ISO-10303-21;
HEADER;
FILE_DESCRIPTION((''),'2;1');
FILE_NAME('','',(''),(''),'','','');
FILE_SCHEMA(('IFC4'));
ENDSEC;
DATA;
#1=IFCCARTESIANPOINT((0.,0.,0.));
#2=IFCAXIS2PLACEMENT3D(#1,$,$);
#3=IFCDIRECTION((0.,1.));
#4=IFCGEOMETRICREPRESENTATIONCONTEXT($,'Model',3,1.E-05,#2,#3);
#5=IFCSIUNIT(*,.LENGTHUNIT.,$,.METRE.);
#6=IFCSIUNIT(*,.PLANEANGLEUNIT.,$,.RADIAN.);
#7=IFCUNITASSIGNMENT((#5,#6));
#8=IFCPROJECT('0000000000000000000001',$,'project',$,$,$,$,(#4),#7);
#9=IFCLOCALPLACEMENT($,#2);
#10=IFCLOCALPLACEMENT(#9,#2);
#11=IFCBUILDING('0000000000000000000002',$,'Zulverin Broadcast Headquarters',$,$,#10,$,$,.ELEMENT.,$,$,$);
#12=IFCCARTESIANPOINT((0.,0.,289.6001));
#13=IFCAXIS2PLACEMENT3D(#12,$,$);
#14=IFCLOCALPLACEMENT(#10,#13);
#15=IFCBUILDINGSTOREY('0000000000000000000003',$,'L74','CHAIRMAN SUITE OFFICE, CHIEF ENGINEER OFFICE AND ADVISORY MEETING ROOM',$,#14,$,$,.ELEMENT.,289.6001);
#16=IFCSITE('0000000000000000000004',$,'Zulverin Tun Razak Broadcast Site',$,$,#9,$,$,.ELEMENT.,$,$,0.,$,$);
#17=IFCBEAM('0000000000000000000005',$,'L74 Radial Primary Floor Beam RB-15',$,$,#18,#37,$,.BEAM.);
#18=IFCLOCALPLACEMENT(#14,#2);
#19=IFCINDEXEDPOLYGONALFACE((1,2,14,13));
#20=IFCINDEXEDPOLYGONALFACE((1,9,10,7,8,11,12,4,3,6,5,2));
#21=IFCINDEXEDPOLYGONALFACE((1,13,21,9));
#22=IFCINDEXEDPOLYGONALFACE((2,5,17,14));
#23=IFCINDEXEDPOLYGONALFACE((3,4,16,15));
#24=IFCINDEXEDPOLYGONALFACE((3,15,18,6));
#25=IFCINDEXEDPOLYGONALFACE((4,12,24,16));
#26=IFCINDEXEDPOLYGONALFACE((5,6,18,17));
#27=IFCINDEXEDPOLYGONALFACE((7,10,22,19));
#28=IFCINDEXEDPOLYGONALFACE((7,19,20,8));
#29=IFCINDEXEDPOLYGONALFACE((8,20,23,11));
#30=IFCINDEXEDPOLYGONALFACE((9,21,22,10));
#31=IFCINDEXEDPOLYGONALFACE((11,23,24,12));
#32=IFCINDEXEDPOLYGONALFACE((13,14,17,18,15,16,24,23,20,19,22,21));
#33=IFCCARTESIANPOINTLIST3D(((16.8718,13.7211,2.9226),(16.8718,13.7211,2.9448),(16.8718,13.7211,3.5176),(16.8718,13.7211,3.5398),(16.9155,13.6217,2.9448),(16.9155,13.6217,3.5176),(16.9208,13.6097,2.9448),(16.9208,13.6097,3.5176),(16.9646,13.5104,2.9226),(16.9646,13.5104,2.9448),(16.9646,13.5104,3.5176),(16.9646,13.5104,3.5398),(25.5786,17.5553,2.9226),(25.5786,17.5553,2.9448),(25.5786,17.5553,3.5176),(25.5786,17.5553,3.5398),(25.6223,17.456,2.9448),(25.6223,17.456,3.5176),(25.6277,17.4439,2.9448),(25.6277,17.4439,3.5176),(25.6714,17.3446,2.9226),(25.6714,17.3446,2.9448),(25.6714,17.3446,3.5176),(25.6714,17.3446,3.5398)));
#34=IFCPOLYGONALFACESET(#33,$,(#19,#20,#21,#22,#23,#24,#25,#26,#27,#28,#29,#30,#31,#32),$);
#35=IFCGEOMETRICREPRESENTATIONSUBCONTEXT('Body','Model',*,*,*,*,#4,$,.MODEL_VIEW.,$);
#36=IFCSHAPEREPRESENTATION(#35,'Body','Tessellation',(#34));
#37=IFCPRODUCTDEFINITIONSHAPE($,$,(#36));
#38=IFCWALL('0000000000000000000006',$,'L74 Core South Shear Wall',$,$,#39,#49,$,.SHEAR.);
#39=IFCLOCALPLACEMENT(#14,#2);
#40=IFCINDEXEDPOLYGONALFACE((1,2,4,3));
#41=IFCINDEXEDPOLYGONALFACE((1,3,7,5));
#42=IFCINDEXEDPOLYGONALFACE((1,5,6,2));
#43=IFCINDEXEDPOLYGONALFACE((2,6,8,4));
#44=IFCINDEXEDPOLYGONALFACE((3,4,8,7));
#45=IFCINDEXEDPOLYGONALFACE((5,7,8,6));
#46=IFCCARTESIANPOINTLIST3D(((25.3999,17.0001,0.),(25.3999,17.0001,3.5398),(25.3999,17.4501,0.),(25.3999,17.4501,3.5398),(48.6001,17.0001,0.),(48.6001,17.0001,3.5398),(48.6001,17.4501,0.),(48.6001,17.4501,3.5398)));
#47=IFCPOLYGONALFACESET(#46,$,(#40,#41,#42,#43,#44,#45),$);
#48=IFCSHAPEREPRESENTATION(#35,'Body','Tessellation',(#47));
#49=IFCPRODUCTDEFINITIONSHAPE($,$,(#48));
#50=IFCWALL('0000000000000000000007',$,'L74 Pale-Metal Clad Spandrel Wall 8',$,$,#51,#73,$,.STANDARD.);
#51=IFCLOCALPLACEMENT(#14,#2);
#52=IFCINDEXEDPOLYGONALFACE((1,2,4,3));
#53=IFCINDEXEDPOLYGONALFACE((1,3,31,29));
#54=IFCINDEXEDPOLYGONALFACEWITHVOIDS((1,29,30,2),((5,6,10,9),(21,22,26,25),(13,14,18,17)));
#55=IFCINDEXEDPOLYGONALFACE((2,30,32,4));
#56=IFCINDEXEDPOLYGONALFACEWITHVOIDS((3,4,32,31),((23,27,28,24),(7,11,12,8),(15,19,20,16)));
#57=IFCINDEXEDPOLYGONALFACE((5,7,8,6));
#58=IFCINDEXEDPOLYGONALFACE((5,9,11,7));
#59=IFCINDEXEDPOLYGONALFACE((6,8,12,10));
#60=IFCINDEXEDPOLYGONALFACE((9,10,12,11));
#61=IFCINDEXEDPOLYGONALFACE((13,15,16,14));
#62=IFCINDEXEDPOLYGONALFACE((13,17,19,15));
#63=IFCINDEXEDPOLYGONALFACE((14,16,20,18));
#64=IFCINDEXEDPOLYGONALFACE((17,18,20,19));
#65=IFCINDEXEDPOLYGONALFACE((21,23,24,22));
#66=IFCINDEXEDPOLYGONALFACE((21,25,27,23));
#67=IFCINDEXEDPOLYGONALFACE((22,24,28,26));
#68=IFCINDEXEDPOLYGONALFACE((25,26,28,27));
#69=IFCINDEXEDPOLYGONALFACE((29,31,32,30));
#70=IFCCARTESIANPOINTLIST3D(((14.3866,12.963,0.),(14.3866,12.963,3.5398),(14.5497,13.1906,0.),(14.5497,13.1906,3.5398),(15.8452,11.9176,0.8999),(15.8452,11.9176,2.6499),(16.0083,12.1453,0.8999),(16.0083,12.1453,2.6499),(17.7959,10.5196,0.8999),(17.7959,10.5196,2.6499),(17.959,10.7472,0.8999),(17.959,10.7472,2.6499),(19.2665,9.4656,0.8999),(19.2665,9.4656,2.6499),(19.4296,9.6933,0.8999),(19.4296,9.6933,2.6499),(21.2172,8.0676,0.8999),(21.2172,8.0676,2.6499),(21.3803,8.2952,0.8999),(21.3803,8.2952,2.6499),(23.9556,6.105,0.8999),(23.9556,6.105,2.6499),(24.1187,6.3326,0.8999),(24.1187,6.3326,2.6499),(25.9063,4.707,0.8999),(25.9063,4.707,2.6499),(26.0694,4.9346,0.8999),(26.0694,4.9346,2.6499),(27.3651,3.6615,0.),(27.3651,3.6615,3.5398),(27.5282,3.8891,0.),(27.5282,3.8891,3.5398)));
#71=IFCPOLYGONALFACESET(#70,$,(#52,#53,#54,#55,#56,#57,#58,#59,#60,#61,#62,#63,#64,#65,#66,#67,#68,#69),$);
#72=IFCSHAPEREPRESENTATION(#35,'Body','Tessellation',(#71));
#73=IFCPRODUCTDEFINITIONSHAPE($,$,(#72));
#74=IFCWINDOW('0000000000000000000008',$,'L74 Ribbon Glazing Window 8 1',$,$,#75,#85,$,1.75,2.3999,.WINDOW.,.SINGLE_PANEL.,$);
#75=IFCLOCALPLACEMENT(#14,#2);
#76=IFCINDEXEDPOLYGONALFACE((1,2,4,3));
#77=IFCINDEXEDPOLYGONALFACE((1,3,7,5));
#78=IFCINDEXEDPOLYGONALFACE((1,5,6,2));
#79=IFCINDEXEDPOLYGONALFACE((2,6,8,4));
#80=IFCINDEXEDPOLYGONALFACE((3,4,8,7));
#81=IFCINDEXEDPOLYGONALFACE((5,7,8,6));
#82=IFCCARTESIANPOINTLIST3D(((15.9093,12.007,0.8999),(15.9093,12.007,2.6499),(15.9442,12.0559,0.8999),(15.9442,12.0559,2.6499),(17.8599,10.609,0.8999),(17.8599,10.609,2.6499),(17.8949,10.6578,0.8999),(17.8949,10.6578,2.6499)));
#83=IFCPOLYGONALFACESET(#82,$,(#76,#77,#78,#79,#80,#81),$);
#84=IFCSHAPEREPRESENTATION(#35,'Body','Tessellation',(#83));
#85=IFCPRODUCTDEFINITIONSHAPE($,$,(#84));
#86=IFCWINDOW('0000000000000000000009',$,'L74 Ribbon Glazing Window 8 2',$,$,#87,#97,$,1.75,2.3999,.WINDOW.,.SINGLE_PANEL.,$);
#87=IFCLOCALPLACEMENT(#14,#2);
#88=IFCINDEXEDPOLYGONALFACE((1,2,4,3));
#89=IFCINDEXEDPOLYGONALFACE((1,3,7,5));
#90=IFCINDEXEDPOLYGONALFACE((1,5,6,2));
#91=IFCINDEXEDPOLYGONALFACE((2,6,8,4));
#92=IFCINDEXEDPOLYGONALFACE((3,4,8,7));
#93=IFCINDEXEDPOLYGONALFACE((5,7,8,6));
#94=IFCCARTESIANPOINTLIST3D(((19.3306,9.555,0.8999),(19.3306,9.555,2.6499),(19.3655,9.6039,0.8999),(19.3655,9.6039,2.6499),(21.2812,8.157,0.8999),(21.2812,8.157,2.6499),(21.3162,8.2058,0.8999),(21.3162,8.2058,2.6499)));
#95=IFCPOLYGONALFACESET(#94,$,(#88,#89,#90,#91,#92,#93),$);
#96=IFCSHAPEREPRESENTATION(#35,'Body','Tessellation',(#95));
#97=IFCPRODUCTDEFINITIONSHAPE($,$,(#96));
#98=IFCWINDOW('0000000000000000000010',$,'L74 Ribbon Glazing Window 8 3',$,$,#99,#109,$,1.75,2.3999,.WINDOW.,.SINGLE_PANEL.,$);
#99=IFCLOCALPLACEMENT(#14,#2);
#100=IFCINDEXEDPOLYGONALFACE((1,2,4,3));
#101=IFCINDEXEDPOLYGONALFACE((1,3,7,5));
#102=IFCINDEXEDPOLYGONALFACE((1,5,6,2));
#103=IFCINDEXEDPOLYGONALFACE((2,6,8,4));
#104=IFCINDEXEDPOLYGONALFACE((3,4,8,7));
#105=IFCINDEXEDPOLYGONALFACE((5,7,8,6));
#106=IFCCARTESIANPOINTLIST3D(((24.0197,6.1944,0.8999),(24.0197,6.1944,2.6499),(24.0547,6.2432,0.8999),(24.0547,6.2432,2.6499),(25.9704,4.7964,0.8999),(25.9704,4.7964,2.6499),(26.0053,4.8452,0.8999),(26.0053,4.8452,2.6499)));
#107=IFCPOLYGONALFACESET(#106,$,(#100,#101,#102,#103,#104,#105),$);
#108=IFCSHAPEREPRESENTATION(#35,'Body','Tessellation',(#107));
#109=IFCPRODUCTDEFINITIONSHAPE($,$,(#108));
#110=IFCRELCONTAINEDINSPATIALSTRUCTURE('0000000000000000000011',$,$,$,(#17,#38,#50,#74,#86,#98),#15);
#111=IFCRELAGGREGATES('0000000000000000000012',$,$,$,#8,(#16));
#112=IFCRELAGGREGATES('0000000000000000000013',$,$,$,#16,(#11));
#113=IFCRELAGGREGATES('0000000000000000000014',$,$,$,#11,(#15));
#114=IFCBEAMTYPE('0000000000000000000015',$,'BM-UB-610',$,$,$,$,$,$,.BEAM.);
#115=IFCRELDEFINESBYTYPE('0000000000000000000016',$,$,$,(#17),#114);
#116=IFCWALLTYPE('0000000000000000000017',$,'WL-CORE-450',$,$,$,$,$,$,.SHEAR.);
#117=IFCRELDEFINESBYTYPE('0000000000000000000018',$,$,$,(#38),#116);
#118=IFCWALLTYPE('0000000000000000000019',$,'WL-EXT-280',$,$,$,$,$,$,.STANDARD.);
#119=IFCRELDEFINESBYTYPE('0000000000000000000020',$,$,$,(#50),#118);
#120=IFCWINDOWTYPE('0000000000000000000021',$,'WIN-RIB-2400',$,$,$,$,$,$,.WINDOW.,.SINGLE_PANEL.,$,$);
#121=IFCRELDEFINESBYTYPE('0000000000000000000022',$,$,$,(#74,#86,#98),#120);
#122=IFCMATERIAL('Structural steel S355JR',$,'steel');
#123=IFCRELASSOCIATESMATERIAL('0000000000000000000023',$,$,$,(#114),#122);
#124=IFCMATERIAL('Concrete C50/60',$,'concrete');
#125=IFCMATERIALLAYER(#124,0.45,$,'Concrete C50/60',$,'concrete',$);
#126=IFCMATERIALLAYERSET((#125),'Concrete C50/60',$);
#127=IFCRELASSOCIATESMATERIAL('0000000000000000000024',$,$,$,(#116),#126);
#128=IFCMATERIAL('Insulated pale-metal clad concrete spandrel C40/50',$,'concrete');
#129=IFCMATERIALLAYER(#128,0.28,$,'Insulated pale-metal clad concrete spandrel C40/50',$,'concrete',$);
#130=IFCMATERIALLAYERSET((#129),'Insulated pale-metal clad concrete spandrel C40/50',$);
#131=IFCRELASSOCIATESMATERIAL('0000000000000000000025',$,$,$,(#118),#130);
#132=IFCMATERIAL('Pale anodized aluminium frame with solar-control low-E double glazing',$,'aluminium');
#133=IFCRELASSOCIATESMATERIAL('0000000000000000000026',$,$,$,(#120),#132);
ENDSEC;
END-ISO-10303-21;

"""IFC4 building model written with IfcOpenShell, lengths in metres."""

from ifc_helpers import new_model, si_unit, direction, frame, frame_2d, origin, origin_2d, place, context, subcontext, project, spatial, rectangle, i_section, extrude, material, layer, layer_set, material_profile, profile_set, type_object, element, fill, save


model = new_model("IFC4")

# Units and contexts
model_context = context("Model", 3, precision=1e-05, world=origin(), true_north=direction((0.0, 1.0)))
body_context = subcontext(model_context, "Body", "Model", "MODEL_VIEW")
ifc_project = project(units=[si_unit("LENGTHUNIT", "METRE"), si_unit("PLANEANGLEUNIT", "RADIAN")], contexts=[model_context])

# Site, building, storey
site_placement = place(None, origin())
site = spatial("IfcSite", under=ifc_project, at=site_placement, Name="Zulverin Tun Razak Broadcast Site", CompositionType="ELEMENT", RefElevation=0.0)
building_placement = place(site_placement, origin())
building = spatial("IfcBuilding", under=site, at=building_placement, Name="Zulverin Broadcast Headquarters", CompositionType="ELEMENT")
storey_placement = place(building_placement, frame((0.0, 0.0, 289.6001)))
storey = spatial("IfcBuildingStorey", under=building, at=storey_placement, Name="L74", Description="CHAIRMAN SUITE OFFICE, CHIEF ENGINEER OFFICE AND ADVISORY MEETING ROOM", CompositionType="ELEMENT", Elevation=289.6001)

# Shared definitions
ifc_material_1 = material(Name="Concrete C50/60", Category="concrete")

# Beam
ifc_material_2 = material(Name="Structural steel S355JR", Category="steel")
ifc_material_profile_1 = material_profile(ifc_material_2, i_section(OverallWidth=0.2302, OverallDepth=0.6172, WebThickness=0.0132, FlangeThickness=0.0222, at=origin_2d()), Name="Structural steel S355JR", Category="steel")
ifc_profile_set_1 = profile_set([ifc_material_profile_1], Name="Structural steel S355JR")
beam_type_1 = type_object("IfcBeamType", Name="BM-UB-610", PredefinedType="BEAM", material=ifc_profile_set_1)
beam_1_placement = place(storey_placement, frame((25.625, 17.45, 3.2312), z_axis=(-0.915189, -0.403024, 0.0), x_axis=(0.403024, -0.915189, 0.0)))
element("IfcBeam", 1, at=beam_1_placement, inside=storey, type_object=beam_type_1, Name="L74 Radial Primary Floor Beam RB-15", PredefinedType="BEAM", context=body_context, shape_type="SweptSolid", body=[
    extrude(i_section(OverallWidth=0.2302, OverallDepth=0.6172, WebThickness=0.0132, FlangeThickness=0.0222, at=origin_2d()), origin(), (0.0, 0.0, 1.0), 9.5137),
])

# Wall
ifc_layer_1 = layer(ifc_material_1, 0.45, Name="Concrete C50/60", Category="concrete")
ifc_layer_set_1 = layer_set([ifc_layer_1], Name="Concrete C50/60")
wall_type_1 = type_object("IfcWallType", Name="WL-CORE-450", PredefinedType="SHEAR", material=ifc_layer_set_1)
wall_1_placement = place(storey_placement, frame((25.3999, 17.2251, 0.0), z_axis=(0.0, 0.0, 1.0), x_axis=(1.0, 0.0, 0.0)))
element("IfcWall", 2, at=wall_1_placement, inside=storey, type_object=wall_type_1, Name="L74 Core South Shear Wall", PredefinedType="SHEAR", context=body_context, shape_type="SweptSolid", body=[
    extrude(rectangle(XDim=23.2002, YDim=0.45, at=frame_2d((11.6001, 0.0))), origin(), (0.0, 0.0, 1.0), 3.5398),
])

# Wall, openings, windows
ifc_material_3 = material(Name="Insulated pale-metal clad concrete spandrel C40/50", Category="concrete")
ifc_layer_2 = layer(ifc_material_3, 0.28, Name="Insulated pale-metal clad concrete spandrel C40/50", Category="concrete")
ifc_layer_set_2 = layer_set([ifc_layer_2], Name="Insulated pale-metal clad concrete spandrel C40/50")
wall_type_2 = type_object("IfcWallType", Name="WL-EXT-280", PredefinedType="STANDARD", material=ifc_layer_set_2)
wall_2_placement = place(storey_placement, frame((14.468, 13.0769, 0.0), z_axis=(0.0, 0.0, 1.0), x_axis=(0.81281, -0.582529, 0.0)))
wall_2 = element("IfcWall", 3, at=wall_2_placement, inside=storey, type_object=wall_type_2, Name="L74 Pale-Metal Clad Spandrel Wall 8", PredefinedType="STANDARD", context=body_context, shape_type="SweptSolid", body=[
    extrude(rectangle(XDim=15.9675, YDim=0.28, at=frame_2d((7.9839, 0.0))), origin(), (0.0, 0.0, 1.0), 3.5398),
])
opening_1_placement = place(wall_2_placement, frame((1.7947, 0.0, 0.8999)))
opening_1 = element("IfcOpeningElement", 4, at=opening_1_placement, cuts=wall_2, PredefinedType="OPENING", context=body_context, shape_type="SweptSolid", body=[
    extrude(rectangle(XDim=2.3999, YDim=1.75, at=frame_2d((1.2, 0.875))), frame((0.0, 0.1499, 0.0), z_axis=(0.0, -1.0, 0.0), x_axis=(1.0, 0.0, 0.0)), (0.0, 0.0, 1.0), 0.3),
])
opening_2_placement = place(wall_2_placement, frame((6.0039, 0.0, 0.8999)))
opening_2 = element("IfcOpeningElement", 5, at=opening_2_placement, cuts=wall_2, PredefinedType="OPENING", context=body_context, shape_type="SweptSolid", body=[
    extrude(rectangle(XDim=2.3999, YDim=1.75, at=frame_2d((1.2, 0.875))), frame((0.0, 0.1499, 0.0), z_axis=(0.0, -1.0, 0.0), x_axis=(1.0, 0.0, 0.0)), (0.0, 0.0, 1.0), 0.3),
])
opening_3_placement = place(wall_2_placement, frame((11.7729, 0.0, 0.8999)))
opening_3 = element("IfcOpeningElement", 6, at=opening_3_placement, cuts=wall_2, PredefinedType="OPENING", context=body_context, shape_type="SweptSolid", body=[
    extrude(rectangle(XDim=2.3999, YDim=1.75, at=frame_2d((1.2, 0.875))), frame((0.0, 0.1499, 0.0), z_axis=(0.0, -1.0, 0.0), x_axis=(1.0, 0.0, 0.0)), (0.0, 0.0, 1.0), 0.3),
])
ifc_material_4 = material(Name="Pale anodized aluminium frame with solar-control low-E double glazing", Category="aluminium")
window_type = type_object("IfcWindowType", Name="WIN-RIB-2400", PartitioningType="SINGLE_PANEL", PredefinedType="WINDOW", material=ifc_material_4)
window_1_placement = place(opening_1_placement, origin())
window_1 = element("IfcWindow", 7, at=window_1_placement, inside=storey, type_object=window_type, Name="L74 Ribbon Glazing Window 8 1", OverallHeight=1.75, OverallWidth=2.3999, PartitioningType="SINGLE_PANEL", PredefinedType="WINDOW", context=body_context, shape_type="SweptSolid", body=[
    extrude(rectangle(XDim=2.3999, YDim=1.75, at=frame_2d((1.2, 0.875))), frame((0.0, 0.03, 0.0), z_axis=(0.0, -1.0, 0.0), x_axis=(1.0, 0.0, 0.0)), (0.0, 0.0, 1.0), 0.0601),
])
fill(opening_1, window_1)
window_2_placement = place(opening_2_placement, origin())
window_2 = element("IfcWindow", 8, at=window_2_placement, inside=storey, type_object=window_type, Name="L74 Ribbon Glazing Window 8 2", OverallHeight=1.75, OverallWidth=2.3999, PartitioningType="SINGLE_PANEL", PredefinedType="WINDOW", context=body_context, shape_type="SweptSolid", body=[
    extrude(rectangle(XDim=2.3999, YDim=1.75, at=frame_2d((1.2, 0.875))), frame((0.0, 0.03, 0.0), z_axis=(0.0, -1.0, 0.0), x_axis=(1.0, 0.0, 0.0)), (0.0, 0.0, 1.0), 0.0601),
])
fill(opening_2, window_2)
window_3_placement = place(opening_3_placement, origin())
window_3 = element("IfcWindow", 9, at=window_3_placement, inside=storey, type_object=window_type, Name="L74 Ribbon Glazing Window 8 3", OverallHeight=1.75, OverallWidth=2.3999, PartitioningType="SINGLE_PANEL", PredefinedType="WINDOW", context=body_context, shape_type="SweptSolid", body=[
    extrude(rectangle(XDim=2.3999, YDim=1.75, at=frame_2d((1.2, 0.875))), frame((0.0, 0.03, 0.0), z_axis=(0.0, -1.0, 0.0), x_axis=(1.0, 0.0, 0.0)), (0.0, 0.0, 1.0), 0.0601),
])
fill(opening_3, window_3)

save(model, "model.ifc")
